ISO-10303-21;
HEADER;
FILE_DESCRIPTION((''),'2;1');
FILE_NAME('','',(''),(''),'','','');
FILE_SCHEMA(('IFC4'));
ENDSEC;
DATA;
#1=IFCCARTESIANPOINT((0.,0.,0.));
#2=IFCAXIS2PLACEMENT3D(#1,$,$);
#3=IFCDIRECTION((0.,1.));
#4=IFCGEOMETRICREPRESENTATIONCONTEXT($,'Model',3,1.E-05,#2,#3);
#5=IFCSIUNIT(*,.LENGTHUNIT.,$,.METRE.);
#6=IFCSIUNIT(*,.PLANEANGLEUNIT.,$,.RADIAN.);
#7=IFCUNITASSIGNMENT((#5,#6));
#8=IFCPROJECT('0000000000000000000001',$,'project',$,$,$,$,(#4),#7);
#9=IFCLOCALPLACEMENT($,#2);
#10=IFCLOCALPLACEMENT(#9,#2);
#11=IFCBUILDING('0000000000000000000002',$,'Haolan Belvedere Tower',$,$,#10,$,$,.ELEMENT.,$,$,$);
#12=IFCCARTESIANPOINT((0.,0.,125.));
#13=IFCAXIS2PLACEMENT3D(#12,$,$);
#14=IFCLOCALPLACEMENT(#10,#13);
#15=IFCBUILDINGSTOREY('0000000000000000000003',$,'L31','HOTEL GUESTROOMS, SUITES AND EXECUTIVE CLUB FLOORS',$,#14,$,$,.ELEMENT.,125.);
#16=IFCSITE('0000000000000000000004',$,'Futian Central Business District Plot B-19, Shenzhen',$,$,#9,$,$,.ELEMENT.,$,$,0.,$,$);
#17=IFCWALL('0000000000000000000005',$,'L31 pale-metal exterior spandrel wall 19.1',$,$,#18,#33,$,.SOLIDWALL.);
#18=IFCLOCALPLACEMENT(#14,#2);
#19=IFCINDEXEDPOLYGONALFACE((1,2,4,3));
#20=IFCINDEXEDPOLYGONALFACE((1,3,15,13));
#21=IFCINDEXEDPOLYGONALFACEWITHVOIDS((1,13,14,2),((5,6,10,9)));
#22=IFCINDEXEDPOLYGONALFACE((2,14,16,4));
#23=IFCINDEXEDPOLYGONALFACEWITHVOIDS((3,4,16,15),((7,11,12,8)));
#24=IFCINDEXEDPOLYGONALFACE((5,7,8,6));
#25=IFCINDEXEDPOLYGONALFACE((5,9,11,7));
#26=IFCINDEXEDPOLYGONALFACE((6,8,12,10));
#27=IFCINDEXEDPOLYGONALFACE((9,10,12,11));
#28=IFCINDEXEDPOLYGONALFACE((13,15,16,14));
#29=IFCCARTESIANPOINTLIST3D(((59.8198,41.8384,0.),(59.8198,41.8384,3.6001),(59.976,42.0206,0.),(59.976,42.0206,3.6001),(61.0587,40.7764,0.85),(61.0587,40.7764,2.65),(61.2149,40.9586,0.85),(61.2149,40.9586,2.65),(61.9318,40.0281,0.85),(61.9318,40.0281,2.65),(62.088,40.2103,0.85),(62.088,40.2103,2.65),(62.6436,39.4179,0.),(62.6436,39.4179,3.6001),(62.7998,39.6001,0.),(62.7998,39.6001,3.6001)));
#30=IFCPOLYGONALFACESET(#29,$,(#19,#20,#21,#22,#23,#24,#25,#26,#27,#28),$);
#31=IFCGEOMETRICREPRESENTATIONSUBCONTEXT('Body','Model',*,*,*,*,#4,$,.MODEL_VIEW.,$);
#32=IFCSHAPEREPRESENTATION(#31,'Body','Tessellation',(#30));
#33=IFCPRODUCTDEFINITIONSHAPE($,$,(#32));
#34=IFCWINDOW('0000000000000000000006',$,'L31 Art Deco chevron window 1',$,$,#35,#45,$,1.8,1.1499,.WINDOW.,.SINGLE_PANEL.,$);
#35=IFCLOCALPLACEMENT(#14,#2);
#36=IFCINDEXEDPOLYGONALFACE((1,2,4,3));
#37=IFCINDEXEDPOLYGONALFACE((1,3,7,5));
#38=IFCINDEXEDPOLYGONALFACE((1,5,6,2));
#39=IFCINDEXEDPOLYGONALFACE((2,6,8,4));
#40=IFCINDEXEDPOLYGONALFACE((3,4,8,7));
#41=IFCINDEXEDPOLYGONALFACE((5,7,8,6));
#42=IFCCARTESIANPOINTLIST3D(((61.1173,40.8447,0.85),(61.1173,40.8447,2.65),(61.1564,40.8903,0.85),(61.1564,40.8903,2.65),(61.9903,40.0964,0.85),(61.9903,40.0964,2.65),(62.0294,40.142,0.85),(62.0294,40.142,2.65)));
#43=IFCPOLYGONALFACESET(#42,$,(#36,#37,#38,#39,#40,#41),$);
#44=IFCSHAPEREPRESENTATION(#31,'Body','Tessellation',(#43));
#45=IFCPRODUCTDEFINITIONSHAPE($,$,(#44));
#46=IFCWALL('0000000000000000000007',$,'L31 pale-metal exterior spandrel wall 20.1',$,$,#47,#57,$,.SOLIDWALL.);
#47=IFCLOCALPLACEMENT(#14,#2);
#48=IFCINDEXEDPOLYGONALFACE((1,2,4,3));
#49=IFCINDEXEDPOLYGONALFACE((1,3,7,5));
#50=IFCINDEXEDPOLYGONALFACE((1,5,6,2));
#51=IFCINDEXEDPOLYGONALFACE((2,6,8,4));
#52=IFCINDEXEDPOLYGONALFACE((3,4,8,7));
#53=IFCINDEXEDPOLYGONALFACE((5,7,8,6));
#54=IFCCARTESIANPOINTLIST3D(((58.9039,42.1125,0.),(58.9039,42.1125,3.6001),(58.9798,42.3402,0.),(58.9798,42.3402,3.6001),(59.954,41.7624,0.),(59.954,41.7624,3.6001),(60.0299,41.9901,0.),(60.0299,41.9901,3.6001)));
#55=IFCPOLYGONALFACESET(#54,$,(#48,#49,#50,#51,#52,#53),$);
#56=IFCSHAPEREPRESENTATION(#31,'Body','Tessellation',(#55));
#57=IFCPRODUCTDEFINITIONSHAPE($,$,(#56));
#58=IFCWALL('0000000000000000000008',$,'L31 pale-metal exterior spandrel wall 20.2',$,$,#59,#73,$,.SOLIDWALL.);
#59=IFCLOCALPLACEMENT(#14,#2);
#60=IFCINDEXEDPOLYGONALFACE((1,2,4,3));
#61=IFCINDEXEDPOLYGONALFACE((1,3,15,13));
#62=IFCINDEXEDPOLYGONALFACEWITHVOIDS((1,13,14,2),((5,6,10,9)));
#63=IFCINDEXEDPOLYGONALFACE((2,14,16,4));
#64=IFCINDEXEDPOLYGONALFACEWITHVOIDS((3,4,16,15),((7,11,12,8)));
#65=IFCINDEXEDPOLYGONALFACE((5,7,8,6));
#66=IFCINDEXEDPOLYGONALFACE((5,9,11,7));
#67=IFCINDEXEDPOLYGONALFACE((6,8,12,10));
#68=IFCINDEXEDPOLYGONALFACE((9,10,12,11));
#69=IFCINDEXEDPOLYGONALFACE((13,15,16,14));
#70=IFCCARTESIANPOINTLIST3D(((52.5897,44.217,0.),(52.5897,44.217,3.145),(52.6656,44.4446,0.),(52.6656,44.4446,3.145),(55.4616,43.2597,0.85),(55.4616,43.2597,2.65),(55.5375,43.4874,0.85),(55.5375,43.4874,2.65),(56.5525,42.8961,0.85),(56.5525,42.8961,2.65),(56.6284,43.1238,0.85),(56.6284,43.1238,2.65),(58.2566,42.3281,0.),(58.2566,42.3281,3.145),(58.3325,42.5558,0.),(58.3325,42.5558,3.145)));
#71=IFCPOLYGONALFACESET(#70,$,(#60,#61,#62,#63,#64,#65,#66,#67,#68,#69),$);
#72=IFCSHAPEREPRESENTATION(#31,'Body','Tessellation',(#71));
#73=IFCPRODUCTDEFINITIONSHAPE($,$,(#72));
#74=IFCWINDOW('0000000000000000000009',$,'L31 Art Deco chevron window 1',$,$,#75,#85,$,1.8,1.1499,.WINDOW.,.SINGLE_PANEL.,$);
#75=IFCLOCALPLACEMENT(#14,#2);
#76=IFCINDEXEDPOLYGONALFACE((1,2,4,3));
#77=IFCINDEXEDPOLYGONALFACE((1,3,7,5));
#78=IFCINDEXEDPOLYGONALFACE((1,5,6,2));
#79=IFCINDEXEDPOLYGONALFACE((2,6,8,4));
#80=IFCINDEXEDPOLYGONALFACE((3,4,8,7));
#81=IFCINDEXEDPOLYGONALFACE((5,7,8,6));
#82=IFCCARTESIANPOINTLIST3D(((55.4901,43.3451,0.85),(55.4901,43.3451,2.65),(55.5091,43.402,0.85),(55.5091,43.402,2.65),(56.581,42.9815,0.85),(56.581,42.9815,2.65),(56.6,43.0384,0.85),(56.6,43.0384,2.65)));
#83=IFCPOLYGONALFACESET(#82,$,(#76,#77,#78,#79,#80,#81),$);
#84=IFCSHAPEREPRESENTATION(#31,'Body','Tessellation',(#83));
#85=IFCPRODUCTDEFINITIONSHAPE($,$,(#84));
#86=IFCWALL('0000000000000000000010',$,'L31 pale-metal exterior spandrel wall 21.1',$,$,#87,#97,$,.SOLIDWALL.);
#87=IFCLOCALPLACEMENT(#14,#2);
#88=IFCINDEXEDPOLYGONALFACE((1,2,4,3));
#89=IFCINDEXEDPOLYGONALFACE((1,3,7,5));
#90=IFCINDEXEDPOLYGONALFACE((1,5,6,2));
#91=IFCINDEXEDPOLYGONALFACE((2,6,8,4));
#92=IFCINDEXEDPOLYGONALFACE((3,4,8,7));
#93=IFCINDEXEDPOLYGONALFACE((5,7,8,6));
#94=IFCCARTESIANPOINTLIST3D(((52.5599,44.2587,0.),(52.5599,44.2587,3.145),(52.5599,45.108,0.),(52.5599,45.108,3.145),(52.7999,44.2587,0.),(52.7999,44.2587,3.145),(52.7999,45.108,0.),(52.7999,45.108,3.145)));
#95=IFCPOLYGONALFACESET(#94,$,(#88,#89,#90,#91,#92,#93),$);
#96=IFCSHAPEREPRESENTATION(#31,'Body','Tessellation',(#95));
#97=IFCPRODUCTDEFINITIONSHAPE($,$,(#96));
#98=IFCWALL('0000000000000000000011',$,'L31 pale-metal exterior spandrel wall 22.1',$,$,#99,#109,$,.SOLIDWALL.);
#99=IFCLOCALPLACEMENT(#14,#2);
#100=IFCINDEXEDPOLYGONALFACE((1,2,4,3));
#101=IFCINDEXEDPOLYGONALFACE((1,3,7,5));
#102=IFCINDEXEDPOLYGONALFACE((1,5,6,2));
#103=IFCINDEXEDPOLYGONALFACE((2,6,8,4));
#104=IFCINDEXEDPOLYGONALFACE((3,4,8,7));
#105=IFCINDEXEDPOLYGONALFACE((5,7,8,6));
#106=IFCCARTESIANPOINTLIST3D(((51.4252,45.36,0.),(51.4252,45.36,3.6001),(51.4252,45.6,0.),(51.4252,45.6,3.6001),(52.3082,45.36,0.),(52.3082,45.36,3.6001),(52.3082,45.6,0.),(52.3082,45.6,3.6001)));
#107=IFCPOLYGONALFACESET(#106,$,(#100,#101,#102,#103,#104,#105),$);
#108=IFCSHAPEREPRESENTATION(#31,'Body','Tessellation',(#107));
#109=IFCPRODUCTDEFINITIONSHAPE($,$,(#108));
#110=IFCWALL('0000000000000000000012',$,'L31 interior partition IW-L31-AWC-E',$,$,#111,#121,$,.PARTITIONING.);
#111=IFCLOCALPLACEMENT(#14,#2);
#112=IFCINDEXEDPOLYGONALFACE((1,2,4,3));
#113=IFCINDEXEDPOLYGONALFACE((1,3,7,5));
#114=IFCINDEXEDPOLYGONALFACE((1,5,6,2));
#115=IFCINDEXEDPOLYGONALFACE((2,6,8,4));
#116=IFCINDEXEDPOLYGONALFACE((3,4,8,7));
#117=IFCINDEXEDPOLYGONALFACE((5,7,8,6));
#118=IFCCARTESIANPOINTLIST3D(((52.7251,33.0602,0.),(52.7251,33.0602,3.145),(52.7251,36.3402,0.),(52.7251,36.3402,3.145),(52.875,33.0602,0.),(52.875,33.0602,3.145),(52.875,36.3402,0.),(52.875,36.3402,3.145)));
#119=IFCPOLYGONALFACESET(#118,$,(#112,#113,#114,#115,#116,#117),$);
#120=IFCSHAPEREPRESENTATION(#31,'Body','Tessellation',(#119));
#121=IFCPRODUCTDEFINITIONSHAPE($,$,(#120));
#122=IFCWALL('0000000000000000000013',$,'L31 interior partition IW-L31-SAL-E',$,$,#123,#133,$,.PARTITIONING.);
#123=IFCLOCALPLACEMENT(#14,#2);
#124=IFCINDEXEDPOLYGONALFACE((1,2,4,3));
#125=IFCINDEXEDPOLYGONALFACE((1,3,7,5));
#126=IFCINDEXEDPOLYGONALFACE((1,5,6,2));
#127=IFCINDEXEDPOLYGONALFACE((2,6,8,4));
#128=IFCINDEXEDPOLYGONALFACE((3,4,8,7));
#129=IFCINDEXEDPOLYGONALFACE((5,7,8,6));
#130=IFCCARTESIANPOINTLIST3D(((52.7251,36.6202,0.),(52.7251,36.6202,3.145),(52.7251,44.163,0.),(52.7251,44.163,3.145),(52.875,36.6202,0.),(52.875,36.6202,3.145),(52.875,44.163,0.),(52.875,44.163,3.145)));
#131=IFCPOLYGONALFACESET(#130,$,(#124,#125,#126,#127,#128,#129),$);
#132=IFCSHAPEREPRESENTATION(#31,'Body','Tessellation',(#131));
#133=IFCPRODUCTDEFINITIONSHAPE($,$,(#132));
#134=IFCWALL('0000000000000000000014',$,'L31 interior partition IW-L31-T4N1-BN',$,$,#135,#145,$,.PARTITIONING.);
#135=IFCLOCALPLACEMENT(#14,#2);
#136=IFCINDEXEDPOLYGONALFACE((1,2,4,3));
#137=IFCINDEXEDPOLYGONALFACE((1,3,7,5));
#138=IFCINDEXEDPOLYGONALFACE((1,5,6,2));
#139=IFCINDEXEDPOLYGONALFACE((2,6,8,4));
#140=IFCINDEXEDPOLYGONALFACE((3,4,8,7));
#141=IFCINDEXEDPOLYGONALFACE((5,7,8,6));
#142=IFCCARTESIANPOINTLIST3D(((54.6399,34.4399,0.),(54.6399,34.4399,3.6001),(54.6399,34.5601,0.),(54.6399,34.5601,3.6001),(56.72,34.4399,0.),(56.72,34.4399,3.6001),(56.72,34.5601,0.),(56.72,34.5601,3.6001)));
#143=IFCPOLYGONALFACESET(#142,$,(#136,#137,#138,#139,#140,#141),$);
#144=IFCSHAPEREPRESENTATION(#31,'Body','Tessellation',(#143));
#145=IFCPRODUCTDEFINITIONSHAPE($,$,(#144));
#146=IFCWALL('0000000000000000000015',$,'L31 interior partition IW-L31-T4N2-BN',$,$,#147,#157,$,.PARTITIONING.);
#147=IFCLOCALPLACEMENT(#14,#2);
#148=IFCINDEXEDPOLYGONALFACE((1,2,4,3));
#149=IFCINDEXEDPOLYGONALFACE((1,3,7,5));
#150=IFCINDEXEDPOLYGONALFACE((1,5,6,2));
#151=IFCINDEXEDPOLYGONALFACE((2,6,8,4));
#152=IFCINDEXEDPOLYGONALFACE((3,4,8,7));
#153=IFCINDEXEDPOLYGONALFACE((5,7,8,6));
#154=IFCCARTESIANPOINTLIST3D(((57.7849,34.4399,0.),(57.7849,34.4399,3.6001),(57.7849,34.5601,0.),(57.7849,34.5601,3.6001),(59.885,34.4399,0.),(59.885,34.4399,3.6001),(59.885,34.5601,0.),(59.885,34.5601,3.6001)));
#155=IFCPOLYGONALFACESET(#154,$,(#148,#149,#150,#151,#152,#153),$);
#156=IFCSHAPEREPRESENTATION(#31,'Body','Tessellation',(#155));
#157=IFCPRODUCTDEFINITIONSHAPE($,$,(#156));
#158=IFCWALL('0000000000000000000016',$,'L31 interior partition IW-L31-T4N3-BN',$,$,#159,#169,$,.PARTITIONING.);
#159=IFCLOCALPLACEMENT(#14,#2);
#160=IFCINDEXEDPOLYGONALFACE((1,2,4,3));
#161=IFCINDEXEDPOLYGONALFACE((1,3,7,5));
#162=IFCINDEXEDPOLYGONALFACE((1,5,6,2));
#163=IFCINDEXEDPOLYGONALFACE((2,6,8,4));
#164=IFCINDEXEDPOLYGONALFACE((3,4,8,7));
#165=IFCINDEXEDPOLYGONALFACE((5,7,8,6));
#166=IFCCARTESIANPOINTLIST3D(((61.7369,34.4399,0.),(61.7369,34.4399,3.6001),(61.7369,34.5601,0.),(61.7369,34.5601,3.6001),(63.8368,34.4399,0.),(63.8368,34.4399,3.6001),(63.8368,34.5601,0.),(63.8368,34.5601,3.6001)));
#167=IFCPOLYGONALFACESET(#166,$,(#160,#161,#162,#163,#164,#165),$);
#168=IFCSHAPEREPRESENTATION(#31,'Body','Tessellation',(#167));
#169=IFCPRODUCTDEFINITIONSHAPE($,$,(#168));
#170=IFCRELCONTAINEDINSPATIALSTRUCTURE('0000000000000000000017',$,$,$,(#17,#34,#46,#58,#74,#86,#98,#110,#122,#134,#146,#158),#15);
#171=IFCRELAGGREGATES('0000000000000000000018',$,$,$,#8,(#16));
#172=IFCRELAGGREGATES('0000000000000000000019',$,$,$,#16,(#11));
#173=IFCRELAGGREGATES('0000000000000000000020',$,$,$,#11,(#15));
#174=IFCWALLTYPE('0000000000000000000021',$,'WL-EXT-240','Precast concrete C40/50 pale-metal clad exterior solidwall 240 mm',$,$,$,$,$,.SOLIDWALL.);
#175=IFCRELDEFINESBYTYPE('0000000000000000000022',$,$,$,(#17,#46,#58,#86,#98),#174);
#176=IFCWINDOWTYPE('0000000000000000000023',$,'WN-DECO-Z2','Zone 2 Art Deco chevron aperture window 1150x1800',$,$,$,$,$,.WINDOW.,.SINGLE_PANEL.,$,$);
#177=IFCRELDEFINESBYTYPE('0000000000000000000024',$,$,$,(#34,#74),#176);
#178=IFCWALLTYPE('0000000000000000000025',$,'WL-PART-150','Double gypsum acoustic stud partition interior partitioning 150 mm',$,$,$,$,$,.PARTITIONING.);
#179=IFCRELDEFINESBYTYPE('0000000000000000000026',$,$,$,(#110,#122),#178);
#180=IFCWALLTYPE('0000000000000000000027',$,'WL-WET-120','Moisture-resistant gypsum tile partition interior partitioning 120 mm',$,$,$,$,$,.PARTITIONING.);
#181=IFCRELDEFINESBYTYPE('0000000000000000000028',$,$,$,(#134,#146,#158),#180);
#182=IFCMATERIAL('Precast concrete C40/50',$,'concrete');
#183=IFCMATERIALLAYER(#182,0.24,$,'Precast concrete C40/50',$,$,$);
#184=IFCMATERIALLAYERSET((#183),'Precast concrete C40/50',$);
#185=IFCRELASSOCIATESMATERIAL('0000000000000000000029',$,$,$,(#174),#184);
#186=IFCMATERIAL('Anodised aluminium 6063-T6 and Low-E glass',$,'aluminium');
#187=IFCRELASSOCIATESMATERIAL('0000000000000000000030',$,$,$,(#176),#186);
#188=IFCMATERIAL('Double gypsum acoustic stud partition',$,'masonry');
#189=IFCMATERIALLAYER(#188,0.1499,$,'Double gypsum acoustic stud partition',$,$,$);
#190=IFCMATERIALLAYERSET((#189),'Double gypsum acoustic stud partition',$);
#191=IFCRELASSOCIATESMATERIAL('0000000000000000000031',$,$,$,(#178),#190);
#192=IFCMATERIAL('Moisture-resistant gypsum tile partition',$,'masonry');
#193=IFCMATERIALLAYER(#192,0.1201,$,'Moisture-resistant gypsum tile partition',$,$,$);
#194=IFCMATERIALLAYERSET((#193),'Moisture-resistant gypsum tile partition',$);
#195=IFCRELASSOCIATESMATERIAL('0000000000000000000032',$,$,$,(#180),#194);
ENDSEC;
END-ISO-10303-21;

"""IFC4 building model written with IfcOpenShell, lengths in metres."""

from ifc_helpers import new_model, si_unit, direction, frame, frame_2d, origin, place, context, subcontext, project, spatial, rectangle, extrude, material, layer, layer_set, type_object, element, fill, save


model = new_model("IFC4")

# Units and contexts
model_context = context("Model", 3, precision=1e-05, world=origin(), true_north=direction((0.0, 1.0)))
body_context = subcontext(model_context, "Body", "Model", "MODEL_VIEW")
ifc_project = project(units=[si_unit("LENGTHUNIT", "METRE"), si_unit("PLANEANGLEUNIT", "RADIAN")], contexts=[model_context])

# Site, building, storey
site_placement = place(None, origin())
site = spatial("IfcSite", under=ifc_project, at=site_placement, Name="Futian Central Business District Plot B-19, Shenzhen", CompositionType="ELEMENT", RefElevation=0.0)
building_placement = place(site_placement, origin())
building = spatial("IfcBuilding", under=site, at=building_placement, Name="Haolan Belvedere Tower", CompositionType="ELEMENT")
storey_placement = place(building_placement, frame((0.0, 0.0, 125.0)))
storey = spatial("IfcBuildingStorey", under=building, at=storey_placement, Name="L31", Description="HOTEL GUESTROOMS, SUITES AND EXECUTIVE CLUB FLOORS", CompositionType="ELEMENT", Elevation=125.0)

# Shared definitions
ifc_material_1 = material(Name="Precast concrete C40/50", Category="concrete")
ifc_layer_1 = layer(ifc_material_1, 0.24, Name="Precast concrete C40/50")
ifc_layer_set_1 = layer_set([ifc_layer_1], Name="Precast concrete C40/50")
wall_type_1 = type_object("IfcWallType", Name="WL-EXT-240", Description="Precast concrete C40/50 pale-metal clad exterior solidwall 240 mm", PredefinedType="SOLIDWALL", material=ifc_layer_set_1)

# Wall, opening, window
wall_1_placement = place(storey_placement, frame((62.7217, 39.509, 0.0), z_axis=(0.0, 0.0, 1.0), x_axis=(-0.759247, 0.650802, 0.0)))
wall_1 = element("IfcWall", 1, at=wall_1_placement, inside=storey, type_object=wall_type_1, Name="L31 pale-metal exterior spandrel wall 19.1", PredefinedType="SOLIDWALL", context=body_context, shape_type="SweptSolid", body=[
    extrude(rectangle(XDim=3.7192, YDim=0.24, at=frame_2d((1.8596, 0.0))), origin(), (0.0, 0.0, 1.0), 3.6001),
])
opening_1_placement = place(wall_1_placement, frame((0.9375, 0.0, 0.8501)))
opening_1 = element("IfcOpeningElement", 2, at=opening_1_placement, cuts=wall_1, PredefinedType="OPENING", context=body_context, shape_type="SweptSolid", body=[
    extrude(rectangle(XDim=1.1499, YDim=1.8, at=frame_2d((0.575, 0.8999))), frame((0.0, 0.1299, 0.0), z_axis=(0.0, -1.0, 0.0), x_axis=(1.0, 0.0, 0.0)), (0.0, 0.0, 1.0), 0.26),
])
ifc_material_2 = material(Name="Anodised aluminium 6063-T6 and Low-E glass", Category="aluminium")
window_type = type_object("IfcWindowType", Name="WN-DECO-Z2", Description="Zone 2 Art Deco chevron aperture window 1150x1800", PartitioningType="SINGLE_PANEL", PredefinedType="WINDOW", material=ifc_material_2)
window_1_placement = place(opening_1_placement, origin())
window_1 = element("IfcWindow", 3, at=window_1_placement, inside=storey, type_object=window_type, Name="L31 Art Deco chevron window 1", OverallHeight=1.8, OverallWidth=1.1499, PartitioningType="SINGLE_PANEL", PredefinedType="WINDOW", context=body_context, shape_type="SweptSolid", body=[
    extrude(rectangle(XDim=1.1499, YDim=1.8, at=frame_2d((0.575, 0.8999))), frame((0.0, 0.03, 0.0), z_axis=(0.0, -1.0, 0.0), x_axis=(1.0, 0.0, 0.0)), (0.0, 0.0, 1.0), 0.0601),
])
fill(opening_1, window_1)

# Wall
wall_2_placement = place(storey_placement, frame((59.9919, 41.8762, 0.0), z_axis=(0.0, 0.0, 1.0), x_axis=(-0.948661, 0.316294, 0.0)))
element("IfcWall", 4, at=wall_2_placement, inside=storey, type_object=wall_type_1, Name="L31 pale-metal exterior spandrel wall 20.1", PredefinedType="SOLIDWALL", context=body_context, shape_type="SweptSolid", body=[
    extrude(rectangle(XDim=1.1069, YDim=0.24, at=frame_2d((0.5535, 0.0))), origin(), (0.0, 0.0, 1.0), 3.6001),
])

# Wall, opening, window
wall_3_placement = place(storey_placement, frame((58.2947, 42.4419, 0.0), z_axis=(0.0, 0.0, 1.0), x_axis=(-0.948687, 0.316216, 0.0)))
wall_3 = element("IfcWall", 5, at=wall_3_placement, inside=storey, type_object=wall_type_1, Name="L31 pale-metal exterior spandrel wall 20.2", PredefinedType="SOLIDWALL", context=body_context, shape_type="SweptSolid", body=[
    extrude(rectangle(XDim=5.9734, YDim=0.24, at=frame_2d((2.9868, 0.0))), origin(), (0.0, 0.0, 1.0), 3.145),
])
opening_2_placement = place(wall_3_placement, frame((1.7964, 0.0, 0.8501)))
opening_2 = element("IfcOpeningElement", 6, at=opening_2_placement, cuts=wall_3, PredefinedType="OPENING", context=body_context, shape_type="SweptSolid", body=[
    extrude(rectangle(XDim=1.1499, YDim=1.8, at=frame_2d((0.575, 0.8999))), frame((0.0, 0.1299, 0.0), z_axis=(0.0, -1.0, 0.0), x_axis=(1.0, 0.0, 0.0)), (0.0, 0.0, 1.0), 0.26),
])
window_2_placement = place(opening_2_placement, origin())
window_2 = element("IfcWindow", 7, at=window_2_placement, inside=storey, type_object=window_type, Name="L31 Art Deco chevron window 1", OverallHeight=1.8, OverallWidth=1.1499, PartitioningType="SINGLE_PANEL", PredefinedType="WINDOW", context=body_context, shape_type="SweptSolid", body=[
    extrude(rectangle(XDim=1.1499, YDim=1.8, at=frame_2d((0.575, 0.8999))), frame((0.0, 0.03, 0.0), z_axis=(0.0, -1.0, 0.0), x_axis=(1.0, 0.0, 0.0)), (0.0, 0.0, 1.0), 0.0601),
])
fill(opening_2, window_2)

# Walls
wall_4_placement = place(storey_placement, frame((52.6799, 44.2585, 0.0), z_axis=(0.0, 0.0, 1.0), x_axis=(0.0, 1.0, 0.0)))
element("IfcWall", 8, at=wall_4_placement, inside=storey, type_object=wall_type_1, Name="L31 pale-metal exterior spandrel wall 21.1", PredefinedType="SOLIDWALL", context=body_context, shape_type="SweptSolid", body=[
    extrude(rectangle(XDim=0.8494, YDim=0.24, at=frame_2d((0.4248, 0.0))), origin(), (0.0, 0.0, 1.0), 3.145),
])
wall_5_placement = place(storey_placement, frame((52.3081, 45.48, 0.0), z_axis=(0.0, 0.0, 1.0), x_axis=(-1.0, 0.0, 0.0)))
element("IfcWall", 9, at=wall_5_placement, inside=storey, type_object=wall_type_1, Name="L31 pale-metal exterior spandrel wall 22.1", PredefinedType="SOLIDWALL", context=body_context, shape_type="SweptSolid", body=[
    extrude(rectangle(XDim=0.8831, YDim=0.24, at=frame_2d((0.4414, 0.0))), origin(), (0.0, 0.0, 1.0), 3.6001),
])
ifc_material_3 = material(Name="Double gypsum acoustic stud partition", Category="masonry")
ifc_layer_2 = layer(ifc_material_3, 0.1499, Name="Double gypsum acoustic stud partition")
ifc_layer_set_2 = layer_set([ifc_layer_2], Name="Double gypsum acoustic stud partition")
wall_type_2 = type_object("IfcWallType", Name="WL-PART-150", Description="Double gypsum acoustic stud partition interior partitioning 150 mm", PredefinedType="PARTITIONING", material=ifc_layer_set_2)
wall_6_placement = place(storey_placement, frame((52.8, 33.0601, 0.0), z_axis=(0.0, 0.0, 1.0), x_axis=(0.0, 1.0, 0.0)))
element("IfcWall", 10, at=wall_6_placement, inside=storey, type_object=wall_type_2, Name="L31 interior partition IW-L31-AWC-E", PredefinedType="PARTITIONING", context=body_context, shape_type="SweptSolid", body=[
    extrude(rectangle(XDim=3.28, YDim=0.1499, at=frame_2d((1.6401, 0.0))), origin(), (0.0, 0.0, 1.0), 3.145),
])
wall_7_placement = place(storey_placement, frame((52.8, 36.6201, 0.0), z_axis=(0.0, 0.0, 1.0), x_axis=(0.0, 1.0, 0.0)))
element("IfcWall", 11, at=wall_7_placement, inside=storey, type_object=wall_type_2, Name="L31 interior partition IW-L31-SAL-E", PredefinedType="PARTITIONING", context=body_context, shape_type="SweptSolid", body=[
    extrude(rectangle(XDim=7.5427, YDim=0.1499, at=frame_2d((3.7715, 0.0))), origin(), (0.0, 0.0, 1.0), 3.145),
])
ifc_material_4 = material(Name="Moisture-resistant gypsum tile partition", Category="masonry")
ifc_layer_3 = layer(ifc_material_4, 0.1201, Name="Moisture-resistant gypsum tile partition")
ifc_layer_set_3 = layer_set([ifc_layer_3], Name="Moisture-resistant gypsum tile partition")
wall_type_3 = type_object("IfcWallType", Name="WL-WET-120", Description="Moisture-resistant gypsum tile partition interior partitioning 120 mm", PredefinedType="PARTITIONING", material=ifc_layer_set_3)
wall_8_placement = place(storey_placement, frame((54.6399, 34.5, 0.0), z_axis=(0.0, 0.0, 1.0), x_axis=(1.0, 0.0, 0.0)))
element("IfcWall", 12, at=wall_8_placement, inside=storey, type_object=wall_type_3, Name="L31 interior partition IW-L31-T4N1-BN", PredefinedType="PARTITIONING", context=body_context, shape_type="SweptSolid", body=[
    extrude(rectangle(XDim=2.0801, YDim=0.1201, at=frame_2d((1.04, 0.0))), origin(), (0.0, 0.0, 1.0), 3.6001),
])
wall_9_placement = place(storey_placement, frame((57.7849, 34.5, 0.0), z_axis=(0.0, 0.0, 1.0), x_axis=(1.0, 0.0, 0.0)))
element("IfcWall", 13, at=wall_9_placement, inside=storey, type_object=wall_type_3, Name="L31 interior partition IW-L31-T4N2-BN", PredefinedType="PARTITIONING", context=body_context, shape_type="SweptSolid", body=[
    extrude(rectangle(XDim=2.1001, YDim=0.1201, at=frame_2d((1.05, 0.0))), origin(), (0.0, 0.0, 1.0), 3.6001),
])
wall_10_placement = place(storey_placement, frame((61.7371, 34.5, 0.0), z_axis=(0.0, 0.0, 1.0), x_axis=(1.0, 0.0, 0.0)))
element("IfcWall", 14, at=wall_10_placement, inside=storey, type_object=wall_type_3, Name="L31 interior partition IW-L31-T4N3-BN", PredefinedType="PARTITIONING", context=body_context, shape_type="SweptSolid", body=[
    extrude(rectangle(XDim=2.0999, YDim=0.1201, at=frame_2d((1.0498, 0.0))), origin(), (0.0, 0.0, 1.0), 3.6001),
])

save(model, "model.ifc")
